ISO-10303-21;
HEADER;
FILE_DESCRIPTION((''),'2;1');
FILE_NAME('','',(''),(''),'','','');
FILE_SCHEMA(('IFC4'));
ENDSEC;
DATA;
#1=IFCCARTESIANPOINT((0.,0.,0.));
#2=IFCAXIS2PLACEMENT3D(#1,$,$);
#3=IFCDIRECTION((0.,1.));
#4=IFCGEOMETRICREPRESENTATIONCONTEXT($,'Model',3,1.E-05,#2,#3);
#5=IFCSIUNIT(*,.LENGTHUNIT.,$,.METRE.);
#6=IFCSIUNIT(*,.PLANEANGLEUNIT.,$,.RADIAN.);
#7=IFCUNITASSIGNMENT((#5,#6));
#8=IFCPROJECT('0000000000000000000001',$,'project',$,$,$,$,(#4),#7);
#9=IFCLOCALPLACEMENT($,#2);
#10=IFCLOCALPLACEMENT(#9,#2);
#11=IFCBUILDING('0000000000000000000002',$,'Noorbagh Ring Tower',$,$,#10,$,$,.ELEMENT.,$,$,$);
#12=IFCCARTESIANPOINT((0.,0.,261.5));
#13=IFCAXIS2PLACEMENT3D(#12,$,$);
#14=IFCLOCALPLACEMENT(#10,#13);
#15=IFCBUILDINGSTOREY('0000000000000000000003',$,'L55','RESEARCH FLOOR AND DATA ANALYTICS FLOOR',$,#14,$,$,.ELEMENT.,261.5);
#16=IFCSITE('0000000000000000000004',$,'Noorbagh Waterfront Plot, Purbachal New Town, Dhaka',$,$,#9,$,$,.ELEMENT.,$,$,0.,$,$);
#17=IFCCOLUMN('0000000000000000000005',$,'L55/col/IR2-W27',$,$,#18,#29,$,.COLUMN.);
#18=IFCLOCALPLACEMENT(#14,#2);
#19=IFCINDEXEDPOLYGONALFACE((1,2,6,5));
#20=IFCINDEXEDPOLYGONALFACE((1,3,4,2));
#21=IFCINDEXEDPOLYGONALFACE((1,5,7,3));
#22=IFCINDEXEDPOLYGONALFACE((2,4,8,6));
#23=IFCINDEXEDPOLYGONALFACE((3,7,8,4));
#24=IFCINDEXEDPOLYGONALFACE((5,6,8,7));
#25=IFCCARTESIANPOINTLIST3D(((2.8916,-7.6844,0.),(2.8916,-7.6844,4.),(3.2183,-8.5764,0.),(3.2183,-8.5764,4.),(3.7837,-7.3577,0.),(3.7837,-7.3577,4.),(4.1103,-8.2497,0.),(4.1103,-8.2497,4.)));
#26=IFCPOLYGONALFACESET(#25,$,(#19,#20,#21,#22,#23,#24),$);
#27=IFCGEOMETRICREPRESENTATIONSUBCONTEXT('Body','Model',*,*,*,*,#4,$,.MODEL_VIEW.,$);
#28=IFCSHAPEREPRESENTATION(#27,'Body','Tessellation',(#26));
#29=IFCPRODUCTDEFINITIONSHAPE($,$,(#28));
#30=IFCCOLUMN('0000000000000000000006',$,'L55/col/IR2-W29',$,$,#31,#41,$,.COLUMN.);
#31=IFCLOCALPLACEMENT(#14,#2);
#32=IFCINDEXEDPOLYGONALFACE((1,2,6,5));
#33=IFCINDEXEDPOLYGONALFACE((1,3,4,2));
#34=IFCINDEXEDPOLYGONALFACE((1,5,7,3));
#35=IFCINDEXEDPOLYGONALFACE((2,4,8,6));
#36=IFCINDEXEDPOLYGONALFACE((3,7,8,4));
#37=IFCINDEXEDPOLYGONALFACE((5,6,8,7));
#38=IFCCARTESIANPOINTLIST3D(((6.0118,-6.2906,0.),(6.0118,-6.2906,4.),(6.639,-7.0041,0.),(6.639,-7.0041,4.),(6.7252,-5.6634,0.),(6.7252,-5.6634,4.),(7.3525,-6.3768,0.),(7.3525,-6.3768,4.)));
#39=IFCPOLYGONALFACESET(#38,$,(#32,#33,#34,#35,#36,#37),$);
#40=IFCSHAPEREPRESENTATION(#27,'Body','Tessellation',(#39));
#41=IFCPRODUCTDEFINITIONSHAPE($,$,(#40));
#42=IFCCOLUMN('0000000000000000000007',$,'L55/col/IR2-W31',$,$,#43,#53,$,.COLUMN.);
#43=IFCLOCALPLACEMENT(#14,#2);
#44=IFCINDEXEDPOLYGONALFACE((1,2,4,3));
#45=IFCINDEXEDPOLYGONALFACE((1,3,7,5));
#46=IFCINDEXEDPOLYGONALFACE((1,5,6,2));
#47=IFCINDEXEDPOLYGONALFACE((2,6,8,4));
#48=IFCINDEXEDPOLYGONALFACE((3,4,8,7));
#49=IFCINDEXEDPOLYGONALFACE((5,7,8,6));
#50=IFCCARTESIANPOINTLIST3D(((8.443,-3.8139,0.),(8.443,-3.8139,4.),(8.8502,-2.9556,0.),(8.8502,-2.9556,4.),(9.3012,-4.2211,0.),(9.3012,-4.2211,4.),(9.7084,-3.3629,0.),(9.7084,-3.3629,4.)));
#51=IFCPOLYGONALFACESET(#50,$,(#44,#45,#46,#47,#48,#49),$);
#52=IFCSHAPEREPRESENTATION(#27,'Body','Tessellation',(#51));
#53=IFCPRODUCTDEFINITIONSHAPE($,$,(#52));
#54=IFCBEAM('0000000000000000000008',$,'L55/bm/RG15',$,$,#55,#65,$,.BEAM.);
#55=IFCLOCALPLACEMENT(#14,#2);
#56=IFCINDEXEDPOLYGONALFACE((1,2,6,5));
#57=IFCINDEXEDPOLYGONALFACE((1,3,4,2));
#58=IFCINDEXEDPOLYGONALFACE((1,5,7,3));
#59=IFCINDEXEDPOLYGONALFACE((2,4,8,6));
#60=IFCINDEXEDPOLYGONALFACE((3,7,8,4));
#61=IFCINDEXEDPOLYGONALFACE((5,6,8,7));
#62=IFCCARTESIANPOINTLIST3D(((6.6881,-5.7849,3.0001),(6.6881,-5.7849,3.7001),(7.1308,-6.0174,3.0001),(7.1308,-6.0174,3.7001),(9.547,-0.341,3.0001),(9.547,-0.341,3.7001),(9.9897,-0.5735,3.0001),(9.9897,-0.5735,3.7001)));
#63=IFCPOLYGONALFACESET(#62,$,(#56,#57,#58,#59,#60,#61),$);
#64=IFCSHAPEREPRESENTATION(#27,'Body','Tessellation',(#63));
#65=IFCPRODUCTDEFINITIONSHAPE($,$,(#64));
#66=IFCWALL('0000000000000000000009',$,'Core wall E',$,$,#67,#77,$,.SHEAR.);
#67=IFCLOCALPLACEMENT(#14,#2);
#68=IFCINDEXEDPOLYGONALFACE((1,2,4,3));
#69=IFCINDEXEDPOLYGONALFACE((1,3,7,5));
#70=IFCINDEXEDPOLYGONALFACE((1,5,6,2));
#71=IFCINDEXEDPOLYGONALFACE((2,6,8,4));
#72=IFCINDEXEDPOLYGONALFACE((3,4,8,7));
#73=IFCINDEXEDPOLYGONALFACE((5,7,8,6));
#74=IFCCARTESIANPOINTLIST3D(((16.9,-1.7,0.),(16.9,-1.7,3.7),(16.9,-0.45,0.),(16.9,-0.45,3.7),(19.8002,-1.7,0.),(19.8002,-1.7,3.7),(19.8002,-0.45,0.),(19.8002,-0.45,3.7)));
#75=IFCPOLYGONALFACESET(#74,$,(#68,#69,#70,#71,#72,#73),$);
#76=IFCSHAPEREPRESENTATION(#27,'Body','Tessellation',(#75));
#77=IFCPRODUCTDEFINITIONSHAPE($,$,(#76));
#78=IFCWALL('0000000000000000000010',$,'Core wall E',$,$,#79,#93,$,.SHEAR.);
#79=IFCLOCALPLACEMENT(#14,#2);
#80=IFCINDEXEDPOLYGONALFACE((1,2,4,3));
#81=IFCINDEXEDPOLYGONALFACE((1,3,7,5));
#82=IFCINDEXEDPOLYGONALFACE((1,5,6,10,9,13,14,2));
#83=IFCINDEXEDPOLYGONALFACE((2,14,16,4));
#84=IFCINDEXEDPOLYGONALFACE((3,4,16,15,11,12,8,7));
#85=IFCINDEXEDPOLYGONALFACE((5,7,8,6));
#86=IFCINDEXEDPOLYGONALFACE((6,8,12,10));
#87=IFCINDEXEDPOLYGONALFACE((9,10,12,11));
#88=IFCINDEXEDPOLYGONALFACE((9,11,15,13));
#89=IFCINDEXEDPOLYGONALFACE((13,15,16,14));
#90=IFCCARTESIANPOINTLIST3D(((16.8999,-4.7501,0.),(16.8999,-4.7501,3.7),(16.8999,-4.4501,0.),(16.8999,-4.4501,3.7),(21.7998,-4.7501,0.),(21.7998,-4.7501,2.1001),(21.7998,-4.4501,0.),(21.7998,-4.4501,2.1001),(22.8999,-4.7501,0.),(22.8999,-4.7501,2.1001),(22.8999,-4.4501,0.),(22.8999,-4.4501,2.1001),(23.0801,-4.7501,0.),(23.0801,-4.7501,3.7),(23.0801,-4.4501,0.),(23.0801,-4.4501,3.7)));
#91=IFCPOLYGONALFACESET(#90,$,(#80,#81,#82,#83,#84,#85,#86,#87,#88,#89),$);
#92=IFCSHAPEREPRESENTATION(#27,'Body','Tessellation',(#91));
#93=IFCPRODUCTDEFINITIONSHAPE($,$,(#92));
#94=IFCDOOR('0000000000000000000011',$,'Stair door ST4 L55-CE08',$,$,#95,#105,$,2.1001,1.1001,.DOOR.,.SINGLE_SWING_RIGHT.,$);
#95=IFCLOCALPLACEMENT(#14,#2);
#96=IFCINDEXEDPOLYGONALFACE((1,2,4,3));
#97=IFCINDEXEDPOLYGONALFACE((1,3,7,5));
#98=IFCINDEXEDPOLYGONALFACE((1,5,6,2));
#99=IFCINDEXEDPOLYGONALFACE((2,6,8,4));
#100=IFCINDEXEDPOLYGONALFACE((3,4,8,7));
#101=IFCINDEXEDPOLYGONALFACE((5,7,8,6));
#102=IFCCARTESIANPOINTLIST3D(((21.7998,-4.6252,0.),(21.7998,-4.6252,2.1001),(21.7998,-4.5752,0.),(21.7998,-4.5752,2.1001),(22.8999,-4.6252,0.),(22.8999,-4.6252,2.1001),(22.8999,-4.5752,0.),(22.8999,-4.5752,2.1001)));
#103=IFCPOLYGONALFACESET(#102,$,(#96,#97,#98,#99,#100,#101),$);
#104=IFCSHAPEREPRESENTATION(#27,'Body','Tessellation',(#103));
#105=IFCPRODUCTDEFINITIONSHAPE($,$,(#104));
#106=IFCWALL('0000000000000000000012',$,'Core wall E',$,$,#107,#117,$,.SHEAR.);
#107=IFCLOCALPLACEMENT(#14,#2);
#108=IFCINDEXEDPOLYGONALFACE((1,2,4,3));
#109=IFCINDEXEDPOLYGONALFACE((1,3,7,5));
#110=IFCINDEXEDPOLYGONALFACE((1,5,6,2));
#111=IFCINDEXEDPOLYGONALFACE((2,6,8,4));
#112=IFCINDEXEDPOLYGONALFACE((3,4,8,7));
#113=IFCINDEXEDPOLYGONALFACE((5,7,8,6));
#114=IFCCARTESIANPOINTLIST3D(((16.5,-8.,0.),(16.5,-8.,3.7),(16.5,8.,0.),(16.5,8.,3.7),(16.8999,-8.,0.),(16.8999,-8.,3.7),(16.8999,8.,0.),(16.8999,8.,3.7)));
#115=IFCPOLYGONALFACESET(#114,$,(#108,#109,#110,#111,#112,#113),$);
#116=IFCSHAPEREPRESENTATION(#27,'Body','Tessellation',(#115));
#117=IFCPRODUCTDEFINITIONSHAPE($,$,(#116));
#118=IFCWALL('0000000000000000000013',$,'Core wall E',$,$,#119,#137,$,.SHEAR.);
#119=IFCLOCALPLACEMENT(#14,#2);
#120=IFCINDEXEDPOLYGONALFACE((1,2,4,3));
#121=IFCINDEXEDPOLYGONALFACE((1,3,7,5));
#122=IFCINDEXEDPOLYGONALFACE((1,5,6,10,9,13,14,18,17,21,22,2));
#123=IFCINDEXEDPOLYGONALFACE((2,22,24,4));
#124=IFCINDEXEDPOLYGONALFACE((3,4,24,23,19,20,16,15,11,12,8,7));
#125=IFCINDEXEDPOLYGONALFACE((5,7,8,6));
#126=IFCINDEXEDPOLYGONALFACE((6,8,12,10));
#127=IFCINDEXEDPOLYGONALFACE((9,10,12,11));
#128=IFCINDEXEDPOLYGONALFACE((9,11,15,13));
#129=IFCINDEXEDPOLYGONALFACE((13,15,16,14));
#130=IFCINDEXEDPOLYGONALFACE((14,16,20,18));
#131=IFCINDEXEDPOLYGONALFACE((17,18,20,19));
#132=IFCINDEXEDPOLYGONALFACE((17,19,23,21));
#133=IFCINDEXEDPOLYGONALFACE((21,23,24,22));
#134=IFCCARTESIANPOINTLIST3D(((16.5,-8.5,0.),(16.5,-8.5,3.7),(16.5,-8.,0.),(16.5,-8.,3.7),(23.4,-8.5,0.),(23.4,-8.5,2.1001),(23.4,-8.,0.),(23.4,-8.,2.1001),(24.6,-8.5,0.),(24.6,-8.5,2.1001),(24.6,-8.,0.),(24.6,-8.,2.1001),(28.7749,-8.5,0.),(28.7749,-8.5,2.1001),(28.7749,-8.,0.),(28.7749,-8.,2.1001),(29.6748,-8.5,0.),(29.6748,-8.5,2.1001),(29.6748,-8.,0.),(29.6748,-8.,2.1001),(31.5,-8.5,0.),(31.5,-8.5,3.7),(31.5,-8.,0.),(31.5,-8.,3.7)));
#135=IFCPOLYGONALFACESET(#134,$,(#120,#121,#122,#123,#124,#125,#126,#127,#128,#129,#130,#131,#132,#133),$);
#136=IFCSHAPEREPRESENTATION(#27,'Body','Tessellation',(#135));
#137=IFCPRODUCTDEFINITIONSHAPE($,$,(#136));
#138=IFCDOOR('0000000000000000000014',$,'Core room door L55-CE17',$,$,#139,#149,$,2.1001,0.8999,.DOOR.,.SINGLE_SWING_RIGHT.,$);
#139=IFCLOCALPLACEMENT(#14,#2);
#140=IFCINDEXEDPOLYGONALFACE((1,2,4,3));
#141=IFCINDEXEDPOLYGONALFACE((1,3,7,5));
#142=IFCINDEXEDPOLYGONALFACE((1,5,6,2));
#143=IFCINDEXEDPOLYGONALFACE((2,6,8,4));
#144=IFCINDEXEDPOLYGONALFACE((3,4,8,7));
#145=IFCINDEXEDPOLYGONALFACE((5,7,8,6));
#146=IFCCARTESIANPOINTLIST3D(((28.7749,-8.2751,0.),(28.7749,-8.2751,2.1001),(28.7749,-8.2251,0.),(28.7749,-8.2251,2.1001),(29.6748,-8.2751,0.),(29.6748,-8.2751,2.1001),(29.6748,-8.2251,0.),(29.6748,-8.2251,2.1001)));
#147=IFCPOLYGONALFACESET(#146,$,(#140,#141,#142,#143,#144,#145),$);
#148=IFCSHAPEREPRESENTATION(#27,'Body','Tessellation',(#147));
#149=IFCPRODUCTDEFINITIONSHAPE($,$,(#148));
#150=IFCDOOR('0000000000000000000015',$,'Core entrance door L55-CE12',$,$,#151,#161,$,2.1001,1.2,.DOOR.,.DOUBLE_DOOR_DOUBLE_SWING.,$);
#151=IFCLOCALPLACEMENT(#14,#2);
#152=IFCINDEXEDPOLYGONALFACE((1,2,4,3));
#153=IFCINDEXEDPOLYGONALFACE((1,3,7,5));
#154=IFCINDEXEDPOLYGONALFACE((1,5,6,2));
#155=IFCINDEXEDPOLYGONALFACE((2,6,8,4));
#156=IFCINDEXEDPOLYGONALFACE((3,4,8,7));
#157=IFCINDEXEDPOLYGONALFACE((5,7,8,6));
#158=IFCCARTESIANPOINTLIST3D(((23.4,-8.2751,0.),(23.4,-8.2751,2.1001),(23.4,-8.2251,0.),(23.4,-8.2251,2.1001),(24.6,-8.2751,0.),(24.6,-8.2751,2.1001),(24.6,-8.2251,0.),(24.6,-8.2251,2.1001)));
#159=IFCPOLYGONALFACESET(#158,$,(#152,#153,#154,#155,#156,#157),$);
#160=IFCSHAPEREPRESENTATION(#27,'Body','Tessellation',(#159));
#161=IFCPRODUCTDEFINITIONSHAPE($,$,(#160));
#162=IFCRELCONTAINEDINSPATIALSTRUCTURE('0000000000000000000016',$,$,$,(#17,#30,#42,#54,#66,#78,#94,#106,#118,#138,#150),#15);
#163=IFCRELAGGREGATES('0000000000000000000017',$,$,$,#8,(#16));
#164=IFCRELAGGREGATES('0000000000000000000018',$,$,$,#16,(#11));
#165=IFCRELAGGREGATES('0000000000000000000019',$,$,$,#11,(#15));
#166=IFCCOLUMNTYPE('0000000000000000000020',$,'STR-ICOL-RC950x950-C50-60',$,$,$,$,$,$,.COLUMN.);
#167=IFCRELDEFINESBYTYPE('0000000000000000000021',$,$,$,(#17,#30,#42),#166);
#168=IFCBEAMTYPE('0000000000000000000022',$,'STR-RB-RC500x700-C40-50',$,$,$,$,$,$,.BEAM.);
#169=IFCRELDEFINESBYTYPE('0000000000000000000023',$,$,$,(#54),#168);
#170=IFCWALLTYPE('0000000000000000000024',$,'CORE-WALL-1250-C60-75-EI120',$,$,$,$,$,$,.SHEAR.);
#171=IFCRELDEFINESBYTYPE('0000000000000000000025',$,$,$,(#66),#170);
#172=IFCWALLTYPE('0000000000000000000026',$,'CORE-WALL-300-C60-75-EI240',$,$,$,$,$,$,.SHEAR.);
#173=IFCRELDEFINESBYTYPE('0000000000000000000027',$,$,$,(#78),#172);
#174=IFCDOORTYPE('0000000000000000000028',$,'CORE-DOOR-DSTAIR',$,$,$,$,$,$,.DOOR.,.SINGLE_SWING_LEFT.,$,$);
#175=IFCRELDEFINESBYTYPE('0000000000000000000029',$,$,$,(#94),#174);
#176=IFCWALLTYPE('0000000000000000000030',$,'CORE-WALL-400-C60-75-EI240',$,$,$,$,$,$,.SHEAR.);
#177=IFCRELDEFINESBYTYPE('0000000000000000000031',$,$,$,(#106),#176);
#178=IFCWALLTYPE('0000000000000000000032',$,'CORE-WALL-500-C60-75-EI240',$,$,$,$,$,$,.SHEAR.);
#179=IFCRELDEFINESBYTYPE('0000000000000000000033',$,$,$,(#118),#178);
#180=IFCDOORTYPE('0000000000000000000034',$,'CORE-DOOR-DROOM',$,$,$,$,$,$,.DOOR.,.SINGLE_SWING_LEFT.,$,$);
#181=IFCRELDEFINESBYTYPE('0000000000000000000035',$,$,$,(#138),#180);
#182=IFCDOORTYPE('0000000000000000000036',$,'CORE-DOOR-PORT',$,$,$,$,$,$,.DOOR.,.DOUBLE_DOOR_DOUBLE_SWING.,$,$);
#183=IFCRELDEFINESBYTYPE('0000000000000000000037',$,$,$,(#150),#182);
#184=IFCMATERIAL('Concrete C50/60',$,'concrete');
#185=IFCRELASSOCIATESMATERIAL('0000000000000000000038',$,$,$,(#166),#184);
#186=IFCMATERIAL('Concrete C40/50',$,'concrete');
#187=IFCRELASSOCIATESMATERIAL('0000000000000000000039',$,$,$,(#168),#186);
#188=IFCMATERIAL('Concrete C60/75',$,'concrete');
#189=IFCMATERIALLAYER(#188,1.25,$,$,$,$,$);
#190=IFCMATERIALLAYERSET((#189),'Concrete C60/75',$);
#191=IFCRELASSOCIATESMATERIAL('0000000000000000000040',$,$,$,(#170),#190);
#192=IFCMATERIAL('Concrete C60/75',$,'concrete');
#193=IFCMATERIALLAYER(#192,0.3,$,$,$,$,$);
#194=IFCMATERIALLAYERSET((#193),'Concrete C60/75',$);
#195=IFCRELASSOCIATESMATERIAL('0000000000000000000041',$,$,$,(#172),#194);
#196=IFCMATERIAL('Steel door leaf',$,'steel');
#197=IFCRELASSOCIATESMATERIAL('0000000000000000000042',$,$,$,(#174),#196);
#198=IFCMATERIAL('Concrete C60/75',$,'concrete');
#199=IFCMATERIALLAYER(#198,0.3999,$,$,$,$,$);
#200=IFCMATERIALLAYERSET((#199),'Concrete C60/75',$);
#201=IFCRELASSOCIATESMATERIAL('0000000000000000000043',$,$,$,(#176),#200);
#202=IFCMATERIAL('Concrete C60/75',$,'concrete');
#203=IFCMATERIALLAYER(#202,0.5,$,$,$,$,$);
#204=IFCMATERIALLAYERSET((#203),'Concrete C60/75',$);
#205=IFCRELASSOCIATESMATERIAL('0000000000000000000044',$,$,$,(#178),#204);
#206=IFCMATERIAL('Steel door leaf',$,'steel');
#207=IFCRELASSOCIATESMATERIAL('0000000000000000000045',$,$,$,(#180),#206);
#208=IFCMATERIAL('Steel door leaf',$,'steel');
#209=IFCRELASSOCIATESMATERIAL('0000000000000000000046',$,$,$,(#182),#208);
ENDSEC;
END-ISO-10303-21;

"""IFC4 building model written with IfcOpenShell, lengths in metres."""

from ifc_helpers import new_model, si_unit, direction, frame, frame_2d, origin, origin_2d, place, context, subcontext, project, spatial, rectangle, extrude, material, layer, layer_set, material_profile, profile_set, type_object, element, fill, save


model = new_model("IFC4")

# Units and contexts
model_context = context("Model", 3, precision=1e-05, world=origin(), true_north=direction((0.0, 1.0)))
body_context = subcontext(model_context, "Body", "Model", "MODEL_VIEW")
ifc_project = project(units=[si_unit("LENGTHUNIT", "METRE"), si_unit("PLANEANGLEUNIT", "RADIAN")], contexts=[model_context])

# Site, building, storey
site_placement = place(None, origin())
site = spatial("IfcSite", under=ifc_project, at=site_placement, Name="Noorbagh Waterfront Plot, Purbachal New Town, Dhaka", CompositionType="ELEMENT", RefElevation=0.0)
building_placement = place(site_placement, origin())
building = spatial("IfcBuilding", under=site, at=building_placement, Name="Noorbagh Ring Tower", CompositionType="ELEMENT")
storey_placement = place(building_placement, frame((0.0, 0.0, 261.5)))
storey = spatial("IfcBuildingStorey", under=building, at=storey_placement, Name="L55", Description="RESEARCH FLOOR AND DATA ANALYTICS FLOOR", CompositionType="ELEMENT", Elevation=261.5)

# Columns
ifc_material_1 = material(Name="Concrete C50/60", Category="concrete")
ifc_material_profile_1 = material_profile(ifc_material_1, rectangle(XDim=0.95, YDim=0.95, at=origin_2d()), Name="RC950x950")
ifc_profile_set_1 = profile_set([ifc_material_profile_1], Name="Concrete C50/60")
column_type = type_object("IfcColumnType", Name="STR-ICOL-RC950x950-C50-60", PredefinedType="COLUMN", material=ifc_profile_set_1)
for number, where, z_axis, x_axis, name in (
    (1, (3.501, -7.967, 0.0), (0.0, 0.0, 1.0), (0.93902, 0.343864, 0.0), "L55/col/IR2-W27"),
    (2, (6.6821, -6.3337, 0.0), (0.0, 0.0, 1.0), (0.751022, 0.660277, 0.0), "L55/col/IR2-W29"),
    (3, (9.0757, -3.5884, 0.0), (0.0, 0.0, 1.0), (0.428667, 0.903463, 0.0), "L55/col/IR2-W31"),
):
    element("IfcColumn", number, at=place(storey_placement, frame(where, z_axis=z_axis, x_axis=x_axis)), inside=storey, type_object=column_type, Name=name, PredefinedType="COLUMN", context=body_context, shape_type="SweptSolid", body=[
        extrude(rectangle(XDim=0.95, YDim=0.95, at=origin_2d()), origin(), (0.0, 0.0, 1.0), 4.0),
    ])

# Beam
ifc_material_2 = material(Name="Concrete C40/50", Category="concrete")
ifc_material_profile_2 = material_profile(ifc_material_2, rectangle(XDim=0.5, YDim=0.7, at=origin_2d()), Name="RC500x700")
ifc_profile_set_2 = profile_set([ifc_material_profile_2], Name="Concrete C40/50")
beam_type = type_object("IfcBeamType", Name="STR-RB-RC500x700-C40-50", PredefinedType="BEAM", material=ifc_profile_set_2)
beam_placement = place(storey_placement, frame((6.9094, -5.9011, 3.3501), z_axis=(0.464944, 0.88534, 0.0), x_axis=(-0.88534, 0.464944, 0.0)))
element("IfcBeam", 4, at=beam_placement, inside=storey, type_object=beam_type, Name="L55/bm/RG15", PredefinedType="BEAM", context=body_context, shape_type="SweptSolid", body=[
    extrude(rectangle(XDim=0.5, YDim=0.7, at=origin_2d()), origin(), (0.0, 0.0, 1.0), 6.1489),
])

# Wall
ifc_material_3 = material(Name="Concrete C60/75", Category="concrete")
ifc_layer_1 = layer(ifc_material_3, 1.25)
ifc_layer_set_1 = layer_set([ifc_layer_1], Name="Concrete C60/75")
wall_type_1 = type_object("IfcWallType", Name="CORE-WALL-1250-C60-75-EI120", PredefinedType="SHEAR", material=ifc_layer_set_1)
wall_1_placement = place(storey_placement, frame((16.8999, -1.075, 0.0), z_axis=(0.0, 0.0, 1.0), x_axis=(1.0, 0.0, 0.0)))
element("IfcWall", 5, at=wall_1_placement, inside=storey, type_object=wall_type_1, Name="Core wall E", PredefinedType="SHEAR", context=body_context, shape_type="SweptSolid", body=[
    extrude(rectangle(XDim=2.9001, YDim=1.25, at=frame_2d((1.4502, 0.0))), origin(), (0.0, 0.0, 1.0), 3.7),
])

# Wall, opening, door
ifc_material_4 = material(Name="Concrete C60/75", Category="concrete")
ifc_layer_2 = layer(ifc_material_4, 0.3)
ifc_layer_set_2 = layer_set([ifc_layer_2], Name="Concrete C60/75")
wall_type_2 = type_object("IfcWallType", Name="CORE-WALL-300-C60-75-EI240", PredefinedType="SHEAR", material=ifc_layer_set_2)
wall_2_placement = place(storey_placement, frame((16.8999, -4.6001, 0.0), z_axis=(0.0, 0.0, 1.0), x_axis=(1.0, 0.0, 0.0)))
wall_2 = element("IfcWall", 6, at=wall_2_placement, inside=storey, type_object=wall_type_2, Name="Core wall E", PredefinedType="SHEAR", context=body_context, shape_type="SweptSolid", body=[
    extrude(rectangle(XDim=6.1802, YDim=0.3, at=frame_2d((3.0901, 0.0))), origin(), (0.0, 0.0, 1.0), 3.7),
])
opening_1_placement = place(wall_2_placement, frame((4.8999, 0.0, 0.0)))
opening_1 = element("IfcOpeningElement", 7, at=opening_1_placement, cuts=wall_2, PredefinedType="OPENING", context=body_context, shape_type="SweptSolid", body=[
    extrude(rectangle(XDim=1.1001, YDim=2.1001, at=frame_2d((0.55, 1.05))), frame((0.0, 0.1602, 0.0), z_axis=(0.0, -1.0, 0.0), x_axis=(1.0, 0.0, 0.0)), (0.0, 0.0, 1.0), 0.3201),
])
ifc_material_5 = material(Name="Steel door leaf", Category="steel")
door_type_1 = type_object("IfcDoorType", Name="CORE-DOOR-DSTAIR", OperationType="SINGLE_SWING_LEFT", PredefinedType="DOOR", material=ifc_material_5)
door_1_placement = place(opening_1_placement, origin())
door_1 = element("IfcDoor", 8, at=door_1_placement, inside=storey, type_object=door_type_1, Name="Stair door ST4 L55-CE08", OperationType="SINGLE_SWING_RIGHT", OverallHeight=2.1001, OverallWidth=1.1001, PredefinedType="DOOR", context=body_context, shape_type="SweptSolid", body=[
    extrude(rectangle(XDim=1.1001, YDim=2.1001, at=frame_2d((0.55, 1.05))), frame((0.0, 0.0249, 0.0), z_axis=(0.0, -1.0, 0.0), x_axis=(1.0, 0.0, 0.0)), (0.0, 0.0, 1.0), 0.05),
])
fill(opening_1, door_1)

# Wall
ifc_material_6 = material(Name="Concrete C60/75", Category="concrete")
ifc_layer_3 = layer(ifc_material_6, 0.3999)
ifc_layer_set_3 = layer_set([ifc_layer_3], Name="Concrete C60/75")
wall_type_3 = type_object("IfcWallType", Name="CORE-WALL-400-C60-75-EI240", PredefinedType="SHEAR", material=ifc_layer_set_3)
wall_3_placement = place(storey_placement, frame((16.7, -8.0, 0.0), z_axis=(0.0, 0.0, 1.0), x_axis=(0.0, 1.0, 0.0)))
element("IfcWall", 9, at=wall_3_placement, inside=storey, type_object=wall_type_3, Name="Core wall E", PredefinedType="SHEAR", context=body_context, shape_type="SweptSolid", body=[
    extrude(rectangle(XDim=16.0, YDim=0.3999, at=frame_2d((8.0, 0.0))), origin(), (0.0, 0.0, 1.0), 3.7),
])

# Wall, openings, doors
ifc_material_7 = material(Name="Concrete C60/75", Category="concrete")
ifc_layer_4 = layer(ifc_material_7, 0.5)
ifc_layer_set_4 = layer_set([ifc_layer_4], Name="Concrete C60/75")
wall_type_4 = type_object("IfcWallType", Name="CORE-WALL-500-C60-75-EI240", PredefinedType="SHEAR", material=ifc_layer_set_4)
wall_4_placement = place(storey_placement, frame((16.5, -8.25, 0.0), z_axis=(0.0, 0.0, 1.0), x_axis=(1.0, 0.0, 0.0)))
wall_4 = element("IfcWall", 10, at=wall_4_placement, inside=storey, type_object=wall_type_4, Name="Core wall E", PredefinedType="SHEAR", context=body_context, shape_type="SweptSolid", body=[
    extrude(rectangle(XDim=15.0, YDim=0.5, at=frame_2d((7.5, 0.0))), origin(), (0.0, 0.0, 1.0), 3.7),
])
opening_2_placement = place(wall_4_placement, frame((6.8999, 0.0, 0.0)))
opening_2 = element("IfcOpeningElement", 11, at=opening_2_placement, cuts=wall_4, PredefinedType="OPENING", context=body_context, shape_type="SweptSolid", body=[
    extrude(rectangle(XDim=1.2, YDim=2.1001, at=frame_2d((0.6001, 1.05))), frame((0.0, 0.26, 0.0), z_axis=(0.0, -1.0, 0.0), x_axis=(1.0, 0.0, 0.0)), (0.0, 0.0, 1.0), 0.52),
])
opening_3_placement = place(wall_4_placement, frame((12.2749, 0.0, 0.0)))
opening_3 = element("IfcOpeningElement", 12, at=opening_3_placement, cuts=wall_4, PredefinedType="OPENING", context=body_context, shape_type="SweptSolid", body=[
    extrude(rectangle(XDim=0.8999, YDim=2.1001, at=frame_2d((0.45, 1.05))), frame((0.0, 0.26, 0.0), z_axis=(0.0, -1.0, 0.0), x_axis=(1.0, 0.0, 0.0)), (0.0, 0.0, 1.0), 0.52),
])
ifc_material_8 = material(Name="Steel door leaf", Category="steel")
door_type_2 = type_object("IfcDoorType", Name="CORE-DOOR-DROOM", OperationType="SINGLE_SWING_LEFT", PredefinedType="DOOR", material=ifc_material_8)
door_2_placement = place(opening_3_placement, origin())
door_2 = element("IfcDoor", 13, at=door_2_placement, inside=storey, type_object=door_type_2, Name="Core room door L55-CE17", OperationType="SINGLE_SWING_RIGHT", OverallHeight=2.1001, OverallWidth=0.8999, PredefinedType="DOOR", context=body_context, shape_type="SweptSolid", body=[
    extrude(rectangle(XDim=0.8999, YDim=2.1001, at=frame_2d((0.45, 1.05))), frame((0.0, 0.0249, 0.0), z_axis=(0.0, -1.0, 0.0), x_axis=(1.0, 0.0, 0.0)), (0.0, 0.0, 1.0), 0.05),
])
fill(opening_3, door_2)
ifc_material_9 = material(Name="Steel door leaf", Category="steel")
door_type_3 = type_object("IfcDoorType", Name="CORE-DOOR-PORT", OperationType="DOUBLE_DOOR_DOUBLE_SWING", PredefinedType="DOOR", material=ifc_material_9)
door_3_placement = place(opening_2_placement, origin())
door_3 = element("IfcDoor", 14, at=door_3_placement, inside=storey, type_object=door_type_3, Name="Core entrance door L55-CE12", OperationType="DOUBLE_DOOR_DOUBLE_SWING", OverallHeight=2.1001, OverallWidth=1.2, PredefinedType="DOOR", context=body_context, shape_type="SweptSolid", body=[
    extrude(rectangle(XDim=1.2, YDim=2.1001, at=frame_2d((0.6001, 1.05))), frame((0.0, 0.0249, 0.0), z_axis=(0.0, -1.0, 0.0), x_axis=(1.0, 0.0, 0.0)), (0.0, 0.0, 1.0), 0.05),
])
fill(opening_2, door_3)

save(model, "model.ifc")
